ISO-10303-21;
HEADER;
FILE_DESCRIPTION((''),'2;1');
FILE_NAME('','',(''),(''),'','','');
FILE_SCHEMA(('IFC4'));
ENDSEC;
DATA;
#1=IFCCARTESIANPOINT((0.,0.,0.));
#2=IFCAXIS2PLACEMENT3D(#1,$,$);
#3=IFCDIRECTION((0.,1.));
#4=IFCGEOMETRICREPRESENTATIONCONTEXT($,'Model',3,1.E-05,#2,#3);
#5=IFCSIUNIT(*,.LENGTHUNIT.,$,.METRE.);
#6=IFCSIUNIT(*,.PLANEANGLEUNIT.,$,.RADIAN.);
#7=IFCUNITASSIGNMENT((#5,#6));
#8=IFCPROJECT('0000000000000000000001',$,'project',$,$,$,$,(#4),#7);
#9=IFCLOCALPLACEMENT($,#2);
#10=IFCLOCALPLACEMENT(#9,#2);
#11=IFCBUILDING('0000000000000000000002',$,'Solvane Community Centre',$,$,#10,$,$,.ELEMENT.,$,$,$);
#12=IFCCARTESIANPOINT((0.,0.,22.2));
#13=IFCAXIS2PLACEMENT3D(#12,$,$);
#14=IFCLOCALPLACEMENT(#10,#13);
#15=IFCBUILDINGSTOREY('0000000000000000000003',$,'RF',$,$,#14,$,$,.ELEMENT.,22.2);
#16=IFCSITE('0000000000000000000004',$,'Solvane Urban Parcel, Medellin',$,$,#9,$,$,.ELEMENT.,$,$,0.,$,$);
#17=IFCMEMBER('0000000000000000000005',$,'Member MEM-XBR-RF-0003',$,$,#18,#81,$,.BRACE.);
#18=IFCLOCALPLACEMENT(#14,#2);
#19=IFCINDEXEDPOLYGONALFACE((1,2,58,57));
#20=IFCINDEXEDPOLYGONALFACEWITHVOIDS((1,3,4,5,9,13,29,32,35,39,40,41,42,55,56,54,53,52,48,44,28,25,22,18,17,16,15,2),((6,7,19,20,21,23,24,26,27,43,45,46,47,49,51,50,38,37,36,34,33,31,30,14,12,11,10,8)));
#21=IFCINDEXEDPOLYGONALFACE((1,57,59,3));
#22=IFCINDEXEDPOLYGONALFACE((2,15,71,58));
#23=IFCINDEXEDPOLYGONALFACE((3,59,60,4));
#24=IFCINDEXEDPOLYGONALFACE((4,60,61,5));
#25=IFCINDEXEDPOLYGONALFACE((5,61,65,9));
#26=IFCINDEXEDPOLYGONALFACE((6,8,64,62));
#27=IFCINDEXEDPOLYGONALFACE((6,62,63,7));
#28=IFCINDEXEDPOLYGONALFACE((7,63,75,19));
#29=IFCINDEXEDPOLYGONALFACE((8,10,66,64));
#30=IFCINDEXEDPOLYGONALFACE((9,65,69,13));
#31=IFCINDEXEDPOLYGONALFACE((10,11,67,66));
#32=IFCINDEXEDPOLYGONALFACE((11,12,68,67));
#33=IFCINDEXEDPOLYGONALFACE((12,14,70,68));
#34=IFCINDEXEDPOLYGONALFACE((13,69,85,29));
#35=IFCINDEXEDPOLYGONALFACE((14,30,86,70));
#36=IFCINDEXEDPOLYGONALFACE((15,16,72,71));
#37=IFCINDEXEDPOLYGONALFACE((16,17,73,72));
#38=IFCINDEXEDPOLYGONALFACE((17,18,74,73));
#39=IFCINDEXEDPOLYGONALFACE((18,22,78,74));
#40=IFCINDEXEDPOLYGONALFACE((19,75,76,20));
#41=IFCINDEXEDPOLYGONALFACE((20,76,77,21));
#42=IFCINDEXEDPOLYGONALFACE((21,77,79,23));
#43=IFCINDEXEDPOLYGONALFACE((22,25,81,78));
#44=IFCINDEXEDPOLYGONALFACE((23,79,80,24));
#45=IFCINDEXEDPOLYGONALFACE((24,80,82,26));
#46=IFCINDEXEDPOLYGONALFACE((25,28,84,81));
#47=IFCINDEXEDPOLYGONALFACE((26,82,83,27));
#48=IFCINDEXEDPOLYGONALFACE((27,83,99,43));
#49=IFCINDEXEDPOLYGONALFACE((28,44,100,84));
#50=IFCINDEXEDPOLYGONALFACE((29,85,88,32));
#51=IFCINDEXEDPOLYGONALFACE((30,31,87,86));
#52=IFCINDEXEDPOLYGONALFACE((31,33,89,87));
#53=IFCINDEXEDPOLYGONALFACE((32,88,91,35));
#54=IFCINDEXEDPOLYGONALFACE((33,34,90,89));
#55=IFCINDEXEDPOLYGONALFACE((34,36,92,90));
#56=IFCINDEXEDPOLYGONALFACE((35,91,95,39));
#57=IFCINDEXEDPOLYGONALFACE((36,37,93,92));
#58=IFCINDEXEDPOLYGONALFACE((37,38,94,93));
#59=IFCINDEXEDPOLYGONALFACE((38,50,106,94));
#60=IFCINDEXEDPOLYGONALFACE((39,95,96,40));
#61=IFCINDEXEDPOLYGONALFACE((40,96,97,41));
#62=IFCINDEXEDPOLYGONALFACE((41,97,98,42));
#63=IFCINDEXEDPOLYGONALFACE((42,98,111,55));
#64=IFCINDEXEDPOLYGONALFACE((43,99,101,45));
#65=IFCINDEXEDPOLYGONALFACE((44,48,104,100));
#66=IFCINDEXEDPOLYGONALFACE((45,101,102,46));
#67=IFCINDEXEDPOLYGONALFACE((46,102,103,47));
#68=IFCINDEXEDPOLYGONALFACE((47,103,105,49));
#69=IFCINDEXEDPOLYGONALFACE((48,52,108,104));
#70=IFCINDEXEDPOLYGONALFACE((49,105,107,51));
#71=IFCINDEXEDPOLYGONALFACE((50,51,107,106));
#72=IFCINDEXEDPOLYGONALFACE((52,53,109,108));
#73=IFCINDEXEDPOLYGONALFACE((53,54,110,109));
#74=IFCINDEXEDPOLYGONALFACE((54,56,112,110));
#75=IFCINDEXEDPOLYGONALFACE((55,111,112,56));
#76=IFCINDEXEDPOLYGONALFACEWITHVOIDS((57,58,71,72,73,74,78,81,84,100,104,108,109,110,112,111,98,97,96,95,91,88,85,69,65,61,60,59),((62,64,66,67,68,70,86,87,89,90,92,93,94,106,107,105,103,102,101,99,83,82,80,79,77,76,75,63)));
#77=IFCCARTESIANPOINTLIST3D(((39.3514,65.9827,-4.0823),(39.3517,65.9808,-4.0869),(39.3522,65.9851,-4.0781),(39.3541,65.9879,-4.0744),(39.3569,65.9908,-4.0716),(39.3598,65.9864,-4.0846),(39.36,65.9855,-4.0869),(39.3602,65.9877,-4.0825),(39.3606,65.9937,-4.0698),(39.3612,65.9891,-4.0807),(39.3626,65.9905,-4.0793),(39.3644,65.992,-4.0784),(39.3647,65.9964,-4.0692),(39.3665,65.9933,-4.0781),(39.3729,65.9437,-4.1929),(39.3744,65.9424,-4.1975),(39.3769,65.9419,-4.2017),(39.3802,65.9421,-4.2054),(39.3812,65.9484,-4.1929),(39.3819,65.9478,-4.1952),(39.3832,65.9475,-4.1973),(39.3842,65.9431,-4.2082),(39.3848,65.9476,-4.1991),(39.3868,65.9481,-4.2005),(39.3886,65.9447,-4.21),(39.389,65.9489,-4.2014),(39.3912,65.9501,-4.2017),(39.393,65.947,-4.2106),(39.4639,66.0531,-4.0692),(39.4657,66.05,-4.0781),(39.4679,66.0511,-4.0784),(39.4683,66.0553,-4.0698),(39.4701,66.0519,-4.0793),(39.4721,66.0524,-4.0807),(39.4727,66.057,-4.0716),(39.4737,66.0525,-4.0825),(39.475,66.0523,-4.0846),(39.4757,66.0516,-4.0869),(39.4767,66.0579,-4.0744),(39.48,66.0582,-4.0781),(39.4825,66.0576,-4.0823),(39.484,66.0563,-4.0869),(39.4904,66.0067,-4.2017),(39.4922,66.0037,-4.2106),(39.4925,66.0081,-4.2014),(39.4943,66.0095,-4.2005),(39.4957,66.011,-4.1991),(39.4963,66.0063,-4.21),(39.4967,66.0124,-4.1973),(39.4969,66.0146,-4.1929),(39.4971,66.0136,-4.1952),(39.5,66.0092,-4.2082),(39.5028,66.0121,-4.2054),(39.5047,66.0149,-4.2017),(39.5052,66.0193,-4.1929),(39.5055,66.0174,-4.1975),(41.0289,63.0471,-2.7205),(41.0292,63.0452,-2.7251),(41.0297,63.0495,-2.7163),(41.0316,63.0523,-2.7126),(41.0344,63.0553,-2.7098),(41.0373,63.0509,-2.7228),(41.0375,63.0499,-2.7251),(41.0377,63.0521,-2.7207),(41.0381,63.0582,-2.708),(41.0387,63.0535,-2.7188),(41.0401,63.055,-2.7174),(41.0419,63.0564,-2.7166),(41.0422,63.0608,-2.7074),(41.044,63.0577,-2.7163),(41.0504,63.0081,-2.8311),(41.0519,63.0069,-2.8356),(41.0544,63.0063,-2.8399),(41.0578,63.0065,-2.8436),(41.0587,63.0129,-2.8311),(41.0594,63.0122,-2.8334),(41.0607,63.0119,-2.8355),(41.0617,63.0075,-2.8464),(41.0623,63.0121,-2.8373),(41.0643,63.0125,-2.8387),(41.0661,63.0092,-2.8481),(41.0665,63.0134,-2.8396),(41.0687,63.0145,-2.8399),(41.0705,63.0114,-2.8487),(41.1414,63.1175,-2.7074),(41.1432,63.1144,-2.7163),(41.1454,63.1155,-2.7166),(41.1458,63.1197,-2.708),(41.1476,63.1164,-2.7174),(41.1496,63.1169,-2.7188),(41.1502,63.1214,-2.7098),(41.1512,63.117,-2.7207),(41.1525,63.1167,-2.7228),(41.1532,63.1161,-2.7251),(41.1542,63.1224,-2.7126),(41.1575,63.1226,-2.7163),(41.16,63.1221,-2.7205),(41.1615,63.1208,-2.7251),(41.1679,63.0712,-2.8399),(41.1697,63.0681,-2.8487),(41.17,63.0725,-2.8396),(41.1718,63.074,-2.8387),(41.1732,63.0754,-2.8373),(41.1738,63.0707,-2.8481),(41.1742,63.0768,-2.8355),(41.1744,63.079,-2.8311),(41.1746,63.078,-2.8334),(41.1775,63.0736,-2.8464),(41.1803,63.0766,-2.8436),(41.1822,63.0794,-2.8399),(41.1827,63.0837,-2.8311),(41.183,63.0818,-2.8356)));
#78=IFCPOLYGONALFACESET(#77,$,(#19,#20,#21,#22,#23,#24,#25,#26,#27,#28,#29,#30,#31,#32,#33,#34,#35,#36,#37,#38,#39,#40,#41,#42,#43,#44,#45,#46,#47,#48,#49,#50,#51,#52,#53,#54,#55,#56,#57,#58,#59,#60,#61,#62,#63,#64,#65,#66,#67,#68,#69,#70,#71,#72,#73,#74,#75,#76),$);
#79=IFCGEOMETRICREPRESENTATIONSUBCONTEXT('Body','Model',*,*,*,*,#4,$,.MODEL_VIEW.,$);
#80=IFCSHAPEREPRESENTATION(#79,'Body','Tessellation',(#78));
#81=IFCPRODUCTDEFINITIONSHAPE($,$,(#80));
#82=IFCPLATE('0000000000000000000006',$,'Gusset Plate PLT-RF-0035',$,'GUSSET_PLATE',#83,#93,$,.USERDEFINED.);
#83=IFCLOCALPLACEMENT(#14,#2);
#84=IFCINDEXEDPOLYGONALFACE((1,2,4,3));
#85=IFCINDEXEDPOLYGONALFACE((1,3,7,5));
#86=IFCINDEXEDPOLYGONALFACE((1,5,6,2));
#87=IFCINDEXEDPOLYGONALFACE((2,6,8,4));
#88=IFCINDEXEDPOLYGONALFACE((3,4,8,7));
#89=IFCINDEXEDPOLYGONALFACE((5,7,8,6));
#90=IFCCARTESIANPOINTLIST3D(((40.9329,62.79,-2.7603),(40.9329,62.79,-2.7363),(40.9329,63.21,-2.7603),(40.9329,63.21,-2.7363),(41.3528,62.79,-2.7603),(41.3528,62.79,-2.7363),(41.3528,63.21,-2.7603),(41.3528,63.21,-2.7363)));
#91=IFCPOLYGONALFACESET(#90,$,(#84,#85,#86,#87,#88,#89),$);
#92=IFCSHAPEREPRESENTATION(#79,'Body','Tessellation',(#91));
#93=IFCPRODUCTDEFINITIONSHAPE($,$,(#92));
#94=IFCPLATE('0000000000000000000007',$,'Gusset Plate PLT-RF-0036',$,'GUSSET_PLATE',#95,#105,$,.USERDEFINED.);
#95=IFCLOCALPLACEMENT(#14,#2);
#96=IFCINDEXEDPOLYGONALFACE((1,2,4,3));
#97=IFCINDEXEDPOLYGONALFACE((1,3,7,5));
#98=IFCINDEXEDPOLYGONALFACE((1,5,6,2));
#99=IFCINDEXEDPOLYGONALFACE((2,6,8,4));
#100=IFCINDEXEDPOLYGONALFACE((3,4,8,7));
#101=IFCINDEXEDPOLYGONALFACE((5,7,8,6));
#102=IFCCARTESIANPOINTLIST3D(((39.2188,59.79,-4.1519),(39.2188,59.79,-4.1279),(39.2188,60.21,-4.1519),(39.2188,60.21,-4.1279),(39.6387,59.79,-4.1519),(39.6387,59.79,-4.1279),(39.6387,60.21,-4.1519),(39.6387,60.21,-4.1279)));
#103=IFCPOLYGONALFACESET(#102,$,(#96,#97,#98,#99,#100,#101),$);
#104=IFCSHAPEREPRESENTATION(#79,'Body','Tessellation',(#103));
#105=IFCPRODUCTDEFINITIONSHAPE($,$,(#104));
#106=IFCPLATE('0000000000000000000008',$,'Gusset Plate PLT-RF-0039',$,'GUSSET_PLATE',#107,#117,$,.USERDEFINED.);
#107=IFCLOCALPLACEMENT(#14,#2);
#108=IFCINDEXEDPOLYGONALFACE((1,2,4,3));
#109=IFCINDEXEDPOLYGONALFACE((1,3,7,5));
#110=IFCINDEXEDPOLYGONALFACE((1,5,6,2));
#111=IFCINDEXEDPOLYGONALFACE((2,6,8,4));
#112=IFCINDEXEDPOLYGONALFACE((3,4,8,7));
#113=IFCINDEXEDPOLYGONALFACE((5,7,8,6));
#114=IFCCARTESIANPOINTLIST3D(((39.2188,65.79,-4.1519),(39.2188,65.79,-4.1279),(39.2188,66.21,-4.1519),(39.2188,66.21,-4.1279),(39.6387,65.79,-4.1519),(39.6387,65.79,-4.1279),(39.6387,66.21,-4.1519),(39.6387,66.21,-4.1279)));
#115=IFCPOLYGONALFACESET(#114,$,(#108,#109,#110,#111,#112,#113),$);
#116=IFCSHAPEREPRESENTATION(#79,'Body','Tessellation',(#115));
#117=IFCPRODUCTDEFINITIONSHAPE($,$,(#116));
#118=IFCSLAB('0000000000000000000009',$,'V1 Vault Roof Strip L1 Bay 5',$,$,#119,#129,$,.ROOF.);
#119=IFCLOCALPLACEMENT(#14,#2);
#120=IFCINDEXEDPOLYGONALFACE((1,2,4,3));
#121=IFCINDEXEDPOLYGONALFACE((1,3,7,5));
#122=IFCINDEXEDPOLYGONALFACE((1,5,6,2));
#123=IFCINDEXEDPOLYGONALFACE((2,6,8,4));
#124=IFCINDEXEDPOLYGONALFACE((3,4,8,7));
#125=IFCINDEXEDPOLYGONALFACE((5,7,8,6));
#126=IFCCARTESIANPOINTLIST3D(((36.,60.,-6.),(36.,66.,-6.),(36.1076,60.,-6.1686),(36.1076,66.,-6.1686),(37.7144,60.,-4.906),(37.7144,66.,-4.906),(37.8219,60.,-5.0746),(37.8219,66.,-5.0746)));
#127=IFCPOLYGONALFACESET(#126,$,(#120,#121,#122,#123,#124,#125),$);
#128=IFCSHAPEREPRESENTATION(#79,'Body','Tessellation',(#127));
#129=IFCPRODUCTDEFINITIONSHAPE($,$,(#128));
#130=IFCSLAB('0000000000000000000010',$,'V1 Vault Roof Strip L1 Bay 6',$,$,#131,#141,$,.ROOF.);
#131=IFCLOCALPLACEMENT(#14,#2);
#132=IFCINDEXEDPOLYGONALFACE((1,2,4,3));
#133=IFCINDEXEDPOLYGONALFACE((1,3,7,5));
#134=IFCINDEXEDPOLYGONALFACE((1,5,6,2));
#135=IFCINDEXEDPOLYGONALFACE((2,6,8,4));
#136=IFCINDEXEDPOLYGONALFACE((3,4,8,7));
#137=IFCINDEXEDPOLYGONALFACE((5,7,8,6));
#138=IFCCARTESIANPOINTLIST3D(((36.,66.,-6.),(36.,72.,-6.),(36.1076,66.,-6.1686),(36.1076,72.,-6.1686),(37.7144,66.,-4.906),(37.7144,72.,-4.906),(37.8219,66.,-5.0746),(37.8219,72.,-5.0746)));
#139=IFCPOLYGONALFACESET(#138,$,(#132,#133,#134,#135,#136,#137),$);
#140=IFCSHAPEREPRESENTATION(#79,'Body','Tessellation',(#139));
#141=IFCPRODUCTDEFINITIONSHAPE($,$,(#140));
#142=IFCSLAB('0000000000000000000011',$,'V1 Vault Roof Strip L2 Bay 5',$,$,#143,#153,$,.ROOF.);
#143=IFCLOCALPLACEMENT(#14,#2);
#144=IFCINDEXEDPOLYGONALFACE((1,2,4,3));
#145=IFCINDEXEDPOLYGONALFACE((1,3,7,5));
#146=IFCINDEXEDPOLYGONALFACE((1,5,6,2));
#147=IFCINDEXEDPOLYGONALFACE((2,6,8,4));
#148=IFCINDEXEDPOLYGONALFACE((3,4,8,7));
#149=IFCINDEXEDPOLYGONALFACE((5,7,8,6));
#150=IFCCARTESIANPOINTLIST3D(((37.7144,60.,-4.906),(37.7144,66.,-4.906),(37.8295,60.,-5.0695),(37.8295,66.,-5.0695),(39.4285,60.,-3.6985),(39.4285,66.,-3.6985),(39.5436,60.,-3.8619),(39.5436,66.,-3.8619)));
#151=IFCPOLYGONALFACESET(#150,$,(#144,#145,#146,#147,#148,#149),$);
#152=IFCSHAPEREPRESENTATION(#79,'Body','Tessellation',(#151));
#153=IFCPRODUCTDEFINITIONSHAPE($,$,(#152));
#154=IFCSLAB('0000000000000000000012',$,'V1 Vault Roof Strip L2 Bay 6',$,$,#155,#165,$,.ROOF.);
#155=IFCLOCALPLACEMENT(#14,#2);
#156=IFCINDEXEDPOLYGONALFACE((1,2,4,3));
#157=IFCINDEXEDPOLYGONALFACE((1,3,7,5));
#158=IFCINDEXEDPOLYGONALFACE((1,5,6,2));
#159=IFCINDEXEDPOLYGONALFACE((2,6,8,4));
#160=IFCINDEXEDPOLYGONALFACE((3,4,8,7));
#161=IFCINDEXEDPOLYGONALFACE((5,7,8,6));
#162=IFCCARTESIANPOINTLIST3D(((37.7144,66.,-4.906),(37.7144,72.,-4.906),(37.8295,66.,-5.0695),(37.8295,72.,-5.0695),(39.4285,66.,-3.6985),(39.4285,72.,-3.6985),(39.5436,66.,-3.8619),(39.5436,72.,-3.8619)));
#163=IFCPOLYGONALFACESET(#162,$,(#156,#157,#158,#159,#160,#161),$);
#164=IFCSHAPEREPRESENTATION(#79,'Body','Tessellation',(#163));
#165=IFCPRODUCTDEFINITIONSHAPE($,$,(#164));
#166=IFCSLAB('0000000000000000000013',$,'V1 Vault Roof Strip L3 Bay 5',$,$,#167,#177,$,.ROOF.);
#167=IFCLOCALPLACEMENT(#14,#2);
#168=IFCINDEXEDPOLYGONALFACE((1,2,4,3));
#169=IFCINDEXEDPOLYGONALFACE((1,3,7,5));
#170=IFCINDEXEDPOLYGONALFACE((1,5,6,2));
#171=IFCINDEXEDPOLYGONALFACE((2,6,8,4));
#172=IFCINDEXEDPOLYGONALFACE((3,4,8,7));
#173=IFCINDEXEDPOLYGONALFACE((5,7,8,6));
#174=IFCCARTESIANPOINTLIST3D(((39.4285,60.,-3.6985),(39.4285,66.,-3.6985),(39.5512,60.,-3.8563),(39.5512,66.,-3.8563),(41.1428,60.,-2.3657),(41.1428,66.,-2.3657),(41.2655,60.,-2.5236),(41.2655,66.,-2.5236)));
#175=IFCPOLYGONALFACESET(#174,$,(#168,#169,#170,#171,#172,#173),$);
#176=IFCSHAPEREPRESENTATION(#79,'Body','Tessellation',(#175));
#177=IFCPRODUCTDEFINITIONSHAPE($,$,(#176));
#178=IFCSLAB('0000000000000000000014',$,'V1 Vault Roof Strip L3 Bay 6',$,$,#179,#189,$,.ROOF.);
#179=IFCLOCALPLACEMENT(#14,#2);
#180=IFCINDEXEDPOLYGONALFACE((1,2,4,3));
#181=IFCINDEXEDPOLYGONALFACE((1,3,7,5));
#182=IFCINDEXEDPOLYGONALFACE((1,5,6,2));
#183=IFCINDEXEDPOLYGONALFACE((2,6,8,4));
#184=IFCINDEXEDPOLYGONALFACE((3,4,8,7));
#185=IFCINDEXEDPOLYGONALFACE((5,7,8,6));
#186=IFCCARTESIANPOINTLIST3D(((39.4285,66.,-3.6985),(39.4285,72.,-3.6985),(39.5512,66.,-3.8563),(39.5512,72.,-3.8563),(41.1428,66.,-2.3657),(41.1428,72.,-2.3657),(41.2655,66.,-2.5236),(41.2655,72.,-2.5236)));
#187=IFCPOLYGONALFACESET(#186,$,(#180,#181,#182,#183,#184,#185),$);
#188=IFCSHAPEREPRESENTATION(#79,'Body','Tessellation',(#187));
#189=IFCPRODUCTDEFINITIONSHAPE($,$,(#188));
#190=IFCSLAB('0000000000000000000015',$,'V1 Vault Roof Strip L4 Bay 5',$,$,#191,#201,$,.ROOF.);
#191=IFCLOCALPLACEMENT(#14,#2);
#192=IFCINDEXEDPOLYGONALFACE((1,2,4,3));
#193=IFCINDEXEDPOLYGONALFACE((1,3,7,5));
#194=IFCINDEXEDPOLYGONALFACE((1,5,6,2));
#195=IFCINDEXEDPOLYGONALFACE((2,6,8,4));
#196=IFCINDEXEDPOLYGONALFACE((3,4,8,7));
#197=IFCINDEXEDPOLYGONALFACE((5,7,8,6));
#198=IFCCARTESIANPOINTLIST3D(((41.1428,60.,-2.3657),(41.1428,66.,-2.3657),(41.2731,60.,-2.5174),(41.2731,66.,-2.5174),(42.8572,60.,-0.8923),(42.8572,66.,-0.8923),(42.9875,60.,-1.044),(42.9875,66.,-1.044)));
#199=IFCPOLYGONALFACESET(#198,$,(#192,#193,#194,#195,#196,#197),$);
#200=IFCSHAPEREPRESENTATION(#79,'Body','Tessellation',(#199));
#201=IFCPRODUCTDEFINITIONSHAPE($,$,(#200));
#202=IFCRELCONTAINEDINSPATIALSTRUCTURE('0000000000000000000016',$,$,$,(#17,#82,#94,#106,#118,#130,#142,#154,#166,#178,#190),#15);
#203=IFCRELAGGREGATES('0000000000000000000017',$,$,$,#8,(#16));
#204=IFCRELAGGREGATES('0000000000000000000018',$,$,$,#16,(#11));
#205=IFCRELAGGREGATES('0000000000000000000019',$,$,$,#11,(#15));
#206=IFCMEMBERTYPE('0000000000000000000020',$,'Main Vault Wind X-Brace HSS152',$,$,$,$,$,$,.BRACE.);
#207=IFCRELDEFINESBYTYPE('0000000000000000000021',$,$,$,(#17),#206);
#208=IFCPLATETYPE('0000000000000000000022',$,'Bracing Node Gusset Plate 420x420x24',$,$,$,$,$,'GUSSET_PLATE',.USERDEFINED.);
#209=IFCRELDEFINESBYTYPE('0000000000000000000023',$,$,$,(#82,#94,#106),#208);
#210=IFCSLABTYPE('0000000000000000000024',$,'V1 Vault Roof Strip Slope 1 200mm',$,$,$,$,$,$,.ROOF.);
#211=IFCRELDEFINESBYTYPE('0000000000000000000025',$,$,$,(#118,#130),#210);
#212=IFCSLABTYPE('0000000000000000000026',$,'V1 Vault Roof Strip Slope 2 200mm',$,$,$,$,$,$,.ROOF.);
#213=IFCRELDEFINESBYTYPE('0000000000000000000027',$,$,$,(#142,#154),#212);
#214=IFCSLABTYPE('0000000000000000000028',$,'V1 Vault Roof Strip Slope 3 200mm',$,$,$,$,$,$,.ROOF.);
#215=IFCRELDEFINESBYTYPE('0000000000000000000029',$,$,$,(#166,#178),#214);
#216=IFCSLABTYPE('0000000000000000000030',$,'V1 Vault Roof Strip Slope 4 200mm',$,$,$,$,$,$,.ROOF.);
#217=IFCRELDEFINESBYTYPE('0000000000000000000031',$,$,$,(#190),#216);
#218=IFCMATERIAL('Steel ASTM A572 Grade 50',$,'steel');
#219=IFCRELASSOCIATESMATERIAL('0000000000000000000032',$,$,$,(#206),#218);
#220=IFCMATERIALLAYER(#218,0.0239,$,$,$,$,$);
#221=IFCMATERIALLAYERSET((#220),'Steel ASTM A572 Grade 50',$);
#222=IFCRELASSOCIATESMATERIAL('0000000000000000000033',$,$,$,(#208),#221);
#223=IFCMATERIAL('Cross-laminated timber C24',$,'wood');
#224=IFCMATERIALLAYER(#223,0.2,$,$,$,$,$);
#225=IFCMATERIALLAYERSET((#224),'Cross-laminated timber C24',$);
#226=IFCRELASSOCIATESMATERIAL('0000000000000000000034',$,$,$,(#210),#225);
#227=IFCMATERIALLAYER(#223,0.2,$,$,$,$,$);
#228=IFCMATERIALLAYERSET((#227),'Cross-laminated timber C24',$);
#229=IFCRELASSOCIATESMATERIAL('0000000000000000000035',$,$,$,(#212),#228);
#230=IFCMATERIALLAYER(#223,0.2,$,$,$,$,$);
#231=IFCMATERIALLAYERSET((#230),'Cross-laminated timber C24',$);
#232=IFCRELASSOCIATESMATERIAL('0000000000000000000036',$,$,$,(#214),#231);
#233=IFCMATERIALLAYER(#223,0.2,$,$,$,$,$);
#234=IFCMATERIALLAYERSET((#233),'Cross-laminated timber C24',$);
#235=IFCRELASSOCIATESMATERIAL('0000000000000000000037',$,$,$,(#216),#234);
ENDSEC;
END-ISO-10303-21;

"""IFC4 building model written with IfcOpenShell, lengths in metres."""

from ifc_helpers import new_model, si_unit, direction, frame, origin, origin_2d, place, context, subcontext, project, spatial, polyline, rectangle, hollow_rectangle, outline, extrude, material, layer, layer_set, material_profile, profile_set, type_object, element, save


model = new_model("IFC4")

# Units and contexts
model_context = context("Model", 3, precision=1e-05, world=origin(), true_north=direction((0.0, 1.0)))
body_context = subcontext(model_context, "Body", "Model", "MODEL_VIEW")
ifc_project = project(units=[si_unit("LENGTHUNIT", "METRE"), si_unit("PLANEANGLEUNIT", "RADIAN")], contexts=[model_context])

# Site, building, storey
site_placement = place(None, origin())
site = spatial("IfcSite", under=ifc_project, at=site_placement, Name="Solvane Urban Parcel, Medellin", CompositionType="ELEMENT", RefElevation=0.0)
building_placement = place(site_placement, origin())
building = spatial("IfcBuilding", under=site, at=building_placement, Name="Solvane Community Centre", CompositionType="ELEMENT")
storey_placement = place(building_placement, frame((0.0, 0.0, 22.2)))
storey = spatial("IfcBuildingStorey", under=building, at=storey_placement, Name="RF", CompositionType="ELEMENT", Elevation=22.2)

# Member
ifc_material_1 = material(Name="Steel ASTM A572 Grade 50", Category="steel")
ifc_material_profile_1 = material_profile(ifc_material_1, hollow_rectangle(XDim=0.1523, YDim=0.1523, WallThickness=0.0095, InnerFilletRadius=0.0095, OuterFilletRadius=0.019, at=origin_2d()), Name="HSS 152x152x9.5")
ifc_profile_set_1 = profile_set([ifc_material_profile_1], Name="Steel ASTM A572 Grade 50")
member_type_1 = type_object("IfcMemberType", Name="Main Vault Wind X-Brace HSS152", PredefinedType="BRACE", material=ifc_profile_set_1)
member_1_placement = place(storey_placement, frame((41.106, 63.0645, -2.7781), z_axis=(-0.460218, 0.805365, -0.373613), x_axis=(-0.868239, -0.496147, 0.0)))
element("IfcMember", 1, at=member_1_placement, inside=storey, type_object=member_type_1, Name="Member MEM-XBR-RF-0003", PredefinedType="BRACE", context=body_context, shape_type="SweptSolid", body=[
    extrude(hollow_rectangle(XDim=0.1523, YDim=0.1523, WallThickness=0.0095, InnerFilletRadius=0.0095, OuterFilletRadius=0.019, at=origin_2d()), origin(), (0.0, 0.0, 1.0), 3.645),
])

# Plates
ifc_layer_1 = layer(ifc_material_1, 0.0239)
ifc_layer_set_1 = layer_set([ifc_layer_1], Name="Steel ASTM A572 Grade 50")
plate_type_1 = type_object("IfcPlateType", Name="Bracing Node Gusset Plate 420x420x24", ElementType="GUSSET_PLATE", PredefinedType="USERDEFINED", material=ifc_layer_set_1)
for number, where, z_axis, x_axis, name in (
    (2, (41.1428, 63.0, -2.7603), (0.0, 0.0, 1.0), (1.0, 0.0, 0.0), "Gusset Plate PLT-RF-0035"),
    (3, (39.4287, 60.0, -4.1519), (0.0, 0.0, 1.0), (1.0, 0.0, 0.0), "Gusset Plate PLT-RF-0036"),
    (4, (39.4287, 66.0, -4.1519), (0.0, 0.0, 1.0), (1.0, 0.0, 0.0), "Gusset Plate PLT-RF-0039"),
):
    element("IfcPlate", number, at=place(storey_placement, frame(where, z_axis=z_axis, x_axis=x_axis)), inside=storey, type_object=plate_type_1, Name=name, ObjectType="GUSSET_PLATE", PredefinedType="USERDEFINED", context=body_context, shape_type="SweptSolid", body=[
        extrude(rectangle(XDim=0.4199, YDim=0.4199, at=origin_2d()), origin(), (0.0, 0.0, 1.0), 0.0239),
    ])

# Slabs
ifc_material_2 = material(Name="Cross-laminated timber C24", Category="wood")
ifc_layer_2 = layer(ifc_material_2, 0.2)
ifc_layer_set_2 = layer_set([ifc_layer_2], Name="Cross-laminated timber C24")
slab_type_1 = type_object("IfcSlabType", Name="V1 Vault Roof Strip Slope 1 200mm", PredefinedType="ROOF", material=ifc_layer_set_2)
for number, where, z_axis, x_axis, name in (
    (5, (36.0, 60.0, -6.0), (-0.537939, 0.0, 0.842984), (0.842984, 0.0, 0.537939), "V1 Vault Roof Strip L1 Bay 5"),
    (6, (36.0, 66.0, -6.0), (-0.537939, 0.0, 0.842984), (0.842984, 0.0, 0.537939), "V1 Vault Roof Strip L1 Bay 6"),
):
    element("IfcSlab", number, at=place(storey_placement, frame(where, z_axis=z_axis, x_axis=x_axis)), inside=storey, type_object=slab_type_1, Name=name, PredefinedType="ROOF", context=body_context, shape_type="SweptSolid", body=[
        extrude(outline(polyline([(0.0, 0.0), (2.0337, 0.0), (2.0337, 6.0), (0.0, 6.0), (0.0, 0.0)])), origin(), (0.0, 0.0, -1.0), 0.2),
    ])
ifc_layer_3 = layer(ifc_material_2, 0.2)
ifc_layer_set_3 = layer_set([ifc_layer_3], Name="Cross-laminated timber C24")
slab_type_2 = type_object("IfcSlabType", Name="V1 Vault Roof Strip Slope 2 200mm", PredefinedType="ROOF", material=ifc_layer_set_3)
for number, where, z_axis, x_axis, name in (
    (7, (37.7144, 60.0, -4.906), (-0.575906, 0.0, 0.817516), (0.817516, 0.0, 0.575906), "V1 Vault Roof Strip L2 Bay 5"),
    (8, (37.7144, 66.0, -4.906), (-0.575906, 0.0, 0.817516), (0.817516, 0.0, 0.575906), "V1 Vault Roof Strip L2 Bay 6"),
):
    element("IfcSlab", number, at=place(storey_placement, frame(where, z_axis=z_axis, x_axis=x_axis)), inside=storey, type_object=slab_type_2, Name=name, PredefinedType="ROOF", context=body_context, shape_type="SweptSolid", body=[
        extrude(outline(polyline([(0.0, 0.0), (2.0967, 0.0), (2.0967, 6.0), (0.0, 6.0), (0.0, 0.0)])), origin(), (0.0, 0.0, -1.0), 0.2),
    ])
ifc_layer_4 = layer(ifc_material_2, 0.2)
ifc_layer_set_4 = layer_set([ifc_layer_4], Name="Cross-laminated timber C24")
slab_type_3 = type_object("IfcSlabType", Name="V1 Vault Roof Strip Slope 3 200mm", PredefinedType="ROOF", material=ifc_layer_set_4)
for number, where, z_axis, x_axis, name in (
    (9, (39.4285, 60.0, -3.6985), (-0.613762, 0.0, 0.789491), (0.789491, 0.0, 0.613762), "V1 Vault Roof Strip L3 Bay 5"),
    (10, (39.4285, 66.0, -3.6985), (-0.613762, 0.0, 0.789491), (0.789491, 0.0, 0.613762), "V1 Vault Roof Strip L3 Bay 6"),
):
    element("IfcSlab", number, at=place(storey_placement, frame(where, z_axis=z_axis, x_axis=x_axis)), inside=storey, type_object=slab_type_3, Name=name, PredefinedType="ROOF", context=body_context, shape_type="SweptSolid", body=[
        extrude(outline(polyline([(0.0, 0.0), (2.1715, 0.0), (2.1715, 6.0), (0.0, 6.0), (0.0, 0.0)])), origin(), (0.0, 0.0, -1.0), 0.2),
    ])
ifc_layer_5 = layer(ifc_material_2, 0.2)
ifc_layer_set_5 = layer_set([ifc_layer_5], Name="Cross-laminated timber C24")
slab_type_4 = type_object("IfcSlabType", Name="V1 Vault Roof Strip Slope 4 200mm", PredefinedType="ROOF", material=ifc_layer_set_5)
for number, where, z_axis, x_axis, name in (
    (11, (41.1428, 60.0, -2.3657), (-0.651796, 0.0, 0.758394), (0.758394, 0.0, 0.651796), "V1 Vault Roof Strip L4 Bay 5"),
):
    element("IfcSlab", number, at=place(storey_placement, frame(where, z_axis=z_axis, x_axis=x_axis)), inside=storey, type_object=slab_type_4, Name=name, PredefinedType="ROOF", context=body_context, shape_type="SweptSolid", body=[
        extrude(outline(polyline([(0.0, 0.0), (2.2605, 0.0), (2.2605, 6.0), (0.0, 6.0), (0.0, 0.0)])), origin(), (0.0, 0.0, -1.0), 0.2),
    ])

save(model, "model.ifc")
